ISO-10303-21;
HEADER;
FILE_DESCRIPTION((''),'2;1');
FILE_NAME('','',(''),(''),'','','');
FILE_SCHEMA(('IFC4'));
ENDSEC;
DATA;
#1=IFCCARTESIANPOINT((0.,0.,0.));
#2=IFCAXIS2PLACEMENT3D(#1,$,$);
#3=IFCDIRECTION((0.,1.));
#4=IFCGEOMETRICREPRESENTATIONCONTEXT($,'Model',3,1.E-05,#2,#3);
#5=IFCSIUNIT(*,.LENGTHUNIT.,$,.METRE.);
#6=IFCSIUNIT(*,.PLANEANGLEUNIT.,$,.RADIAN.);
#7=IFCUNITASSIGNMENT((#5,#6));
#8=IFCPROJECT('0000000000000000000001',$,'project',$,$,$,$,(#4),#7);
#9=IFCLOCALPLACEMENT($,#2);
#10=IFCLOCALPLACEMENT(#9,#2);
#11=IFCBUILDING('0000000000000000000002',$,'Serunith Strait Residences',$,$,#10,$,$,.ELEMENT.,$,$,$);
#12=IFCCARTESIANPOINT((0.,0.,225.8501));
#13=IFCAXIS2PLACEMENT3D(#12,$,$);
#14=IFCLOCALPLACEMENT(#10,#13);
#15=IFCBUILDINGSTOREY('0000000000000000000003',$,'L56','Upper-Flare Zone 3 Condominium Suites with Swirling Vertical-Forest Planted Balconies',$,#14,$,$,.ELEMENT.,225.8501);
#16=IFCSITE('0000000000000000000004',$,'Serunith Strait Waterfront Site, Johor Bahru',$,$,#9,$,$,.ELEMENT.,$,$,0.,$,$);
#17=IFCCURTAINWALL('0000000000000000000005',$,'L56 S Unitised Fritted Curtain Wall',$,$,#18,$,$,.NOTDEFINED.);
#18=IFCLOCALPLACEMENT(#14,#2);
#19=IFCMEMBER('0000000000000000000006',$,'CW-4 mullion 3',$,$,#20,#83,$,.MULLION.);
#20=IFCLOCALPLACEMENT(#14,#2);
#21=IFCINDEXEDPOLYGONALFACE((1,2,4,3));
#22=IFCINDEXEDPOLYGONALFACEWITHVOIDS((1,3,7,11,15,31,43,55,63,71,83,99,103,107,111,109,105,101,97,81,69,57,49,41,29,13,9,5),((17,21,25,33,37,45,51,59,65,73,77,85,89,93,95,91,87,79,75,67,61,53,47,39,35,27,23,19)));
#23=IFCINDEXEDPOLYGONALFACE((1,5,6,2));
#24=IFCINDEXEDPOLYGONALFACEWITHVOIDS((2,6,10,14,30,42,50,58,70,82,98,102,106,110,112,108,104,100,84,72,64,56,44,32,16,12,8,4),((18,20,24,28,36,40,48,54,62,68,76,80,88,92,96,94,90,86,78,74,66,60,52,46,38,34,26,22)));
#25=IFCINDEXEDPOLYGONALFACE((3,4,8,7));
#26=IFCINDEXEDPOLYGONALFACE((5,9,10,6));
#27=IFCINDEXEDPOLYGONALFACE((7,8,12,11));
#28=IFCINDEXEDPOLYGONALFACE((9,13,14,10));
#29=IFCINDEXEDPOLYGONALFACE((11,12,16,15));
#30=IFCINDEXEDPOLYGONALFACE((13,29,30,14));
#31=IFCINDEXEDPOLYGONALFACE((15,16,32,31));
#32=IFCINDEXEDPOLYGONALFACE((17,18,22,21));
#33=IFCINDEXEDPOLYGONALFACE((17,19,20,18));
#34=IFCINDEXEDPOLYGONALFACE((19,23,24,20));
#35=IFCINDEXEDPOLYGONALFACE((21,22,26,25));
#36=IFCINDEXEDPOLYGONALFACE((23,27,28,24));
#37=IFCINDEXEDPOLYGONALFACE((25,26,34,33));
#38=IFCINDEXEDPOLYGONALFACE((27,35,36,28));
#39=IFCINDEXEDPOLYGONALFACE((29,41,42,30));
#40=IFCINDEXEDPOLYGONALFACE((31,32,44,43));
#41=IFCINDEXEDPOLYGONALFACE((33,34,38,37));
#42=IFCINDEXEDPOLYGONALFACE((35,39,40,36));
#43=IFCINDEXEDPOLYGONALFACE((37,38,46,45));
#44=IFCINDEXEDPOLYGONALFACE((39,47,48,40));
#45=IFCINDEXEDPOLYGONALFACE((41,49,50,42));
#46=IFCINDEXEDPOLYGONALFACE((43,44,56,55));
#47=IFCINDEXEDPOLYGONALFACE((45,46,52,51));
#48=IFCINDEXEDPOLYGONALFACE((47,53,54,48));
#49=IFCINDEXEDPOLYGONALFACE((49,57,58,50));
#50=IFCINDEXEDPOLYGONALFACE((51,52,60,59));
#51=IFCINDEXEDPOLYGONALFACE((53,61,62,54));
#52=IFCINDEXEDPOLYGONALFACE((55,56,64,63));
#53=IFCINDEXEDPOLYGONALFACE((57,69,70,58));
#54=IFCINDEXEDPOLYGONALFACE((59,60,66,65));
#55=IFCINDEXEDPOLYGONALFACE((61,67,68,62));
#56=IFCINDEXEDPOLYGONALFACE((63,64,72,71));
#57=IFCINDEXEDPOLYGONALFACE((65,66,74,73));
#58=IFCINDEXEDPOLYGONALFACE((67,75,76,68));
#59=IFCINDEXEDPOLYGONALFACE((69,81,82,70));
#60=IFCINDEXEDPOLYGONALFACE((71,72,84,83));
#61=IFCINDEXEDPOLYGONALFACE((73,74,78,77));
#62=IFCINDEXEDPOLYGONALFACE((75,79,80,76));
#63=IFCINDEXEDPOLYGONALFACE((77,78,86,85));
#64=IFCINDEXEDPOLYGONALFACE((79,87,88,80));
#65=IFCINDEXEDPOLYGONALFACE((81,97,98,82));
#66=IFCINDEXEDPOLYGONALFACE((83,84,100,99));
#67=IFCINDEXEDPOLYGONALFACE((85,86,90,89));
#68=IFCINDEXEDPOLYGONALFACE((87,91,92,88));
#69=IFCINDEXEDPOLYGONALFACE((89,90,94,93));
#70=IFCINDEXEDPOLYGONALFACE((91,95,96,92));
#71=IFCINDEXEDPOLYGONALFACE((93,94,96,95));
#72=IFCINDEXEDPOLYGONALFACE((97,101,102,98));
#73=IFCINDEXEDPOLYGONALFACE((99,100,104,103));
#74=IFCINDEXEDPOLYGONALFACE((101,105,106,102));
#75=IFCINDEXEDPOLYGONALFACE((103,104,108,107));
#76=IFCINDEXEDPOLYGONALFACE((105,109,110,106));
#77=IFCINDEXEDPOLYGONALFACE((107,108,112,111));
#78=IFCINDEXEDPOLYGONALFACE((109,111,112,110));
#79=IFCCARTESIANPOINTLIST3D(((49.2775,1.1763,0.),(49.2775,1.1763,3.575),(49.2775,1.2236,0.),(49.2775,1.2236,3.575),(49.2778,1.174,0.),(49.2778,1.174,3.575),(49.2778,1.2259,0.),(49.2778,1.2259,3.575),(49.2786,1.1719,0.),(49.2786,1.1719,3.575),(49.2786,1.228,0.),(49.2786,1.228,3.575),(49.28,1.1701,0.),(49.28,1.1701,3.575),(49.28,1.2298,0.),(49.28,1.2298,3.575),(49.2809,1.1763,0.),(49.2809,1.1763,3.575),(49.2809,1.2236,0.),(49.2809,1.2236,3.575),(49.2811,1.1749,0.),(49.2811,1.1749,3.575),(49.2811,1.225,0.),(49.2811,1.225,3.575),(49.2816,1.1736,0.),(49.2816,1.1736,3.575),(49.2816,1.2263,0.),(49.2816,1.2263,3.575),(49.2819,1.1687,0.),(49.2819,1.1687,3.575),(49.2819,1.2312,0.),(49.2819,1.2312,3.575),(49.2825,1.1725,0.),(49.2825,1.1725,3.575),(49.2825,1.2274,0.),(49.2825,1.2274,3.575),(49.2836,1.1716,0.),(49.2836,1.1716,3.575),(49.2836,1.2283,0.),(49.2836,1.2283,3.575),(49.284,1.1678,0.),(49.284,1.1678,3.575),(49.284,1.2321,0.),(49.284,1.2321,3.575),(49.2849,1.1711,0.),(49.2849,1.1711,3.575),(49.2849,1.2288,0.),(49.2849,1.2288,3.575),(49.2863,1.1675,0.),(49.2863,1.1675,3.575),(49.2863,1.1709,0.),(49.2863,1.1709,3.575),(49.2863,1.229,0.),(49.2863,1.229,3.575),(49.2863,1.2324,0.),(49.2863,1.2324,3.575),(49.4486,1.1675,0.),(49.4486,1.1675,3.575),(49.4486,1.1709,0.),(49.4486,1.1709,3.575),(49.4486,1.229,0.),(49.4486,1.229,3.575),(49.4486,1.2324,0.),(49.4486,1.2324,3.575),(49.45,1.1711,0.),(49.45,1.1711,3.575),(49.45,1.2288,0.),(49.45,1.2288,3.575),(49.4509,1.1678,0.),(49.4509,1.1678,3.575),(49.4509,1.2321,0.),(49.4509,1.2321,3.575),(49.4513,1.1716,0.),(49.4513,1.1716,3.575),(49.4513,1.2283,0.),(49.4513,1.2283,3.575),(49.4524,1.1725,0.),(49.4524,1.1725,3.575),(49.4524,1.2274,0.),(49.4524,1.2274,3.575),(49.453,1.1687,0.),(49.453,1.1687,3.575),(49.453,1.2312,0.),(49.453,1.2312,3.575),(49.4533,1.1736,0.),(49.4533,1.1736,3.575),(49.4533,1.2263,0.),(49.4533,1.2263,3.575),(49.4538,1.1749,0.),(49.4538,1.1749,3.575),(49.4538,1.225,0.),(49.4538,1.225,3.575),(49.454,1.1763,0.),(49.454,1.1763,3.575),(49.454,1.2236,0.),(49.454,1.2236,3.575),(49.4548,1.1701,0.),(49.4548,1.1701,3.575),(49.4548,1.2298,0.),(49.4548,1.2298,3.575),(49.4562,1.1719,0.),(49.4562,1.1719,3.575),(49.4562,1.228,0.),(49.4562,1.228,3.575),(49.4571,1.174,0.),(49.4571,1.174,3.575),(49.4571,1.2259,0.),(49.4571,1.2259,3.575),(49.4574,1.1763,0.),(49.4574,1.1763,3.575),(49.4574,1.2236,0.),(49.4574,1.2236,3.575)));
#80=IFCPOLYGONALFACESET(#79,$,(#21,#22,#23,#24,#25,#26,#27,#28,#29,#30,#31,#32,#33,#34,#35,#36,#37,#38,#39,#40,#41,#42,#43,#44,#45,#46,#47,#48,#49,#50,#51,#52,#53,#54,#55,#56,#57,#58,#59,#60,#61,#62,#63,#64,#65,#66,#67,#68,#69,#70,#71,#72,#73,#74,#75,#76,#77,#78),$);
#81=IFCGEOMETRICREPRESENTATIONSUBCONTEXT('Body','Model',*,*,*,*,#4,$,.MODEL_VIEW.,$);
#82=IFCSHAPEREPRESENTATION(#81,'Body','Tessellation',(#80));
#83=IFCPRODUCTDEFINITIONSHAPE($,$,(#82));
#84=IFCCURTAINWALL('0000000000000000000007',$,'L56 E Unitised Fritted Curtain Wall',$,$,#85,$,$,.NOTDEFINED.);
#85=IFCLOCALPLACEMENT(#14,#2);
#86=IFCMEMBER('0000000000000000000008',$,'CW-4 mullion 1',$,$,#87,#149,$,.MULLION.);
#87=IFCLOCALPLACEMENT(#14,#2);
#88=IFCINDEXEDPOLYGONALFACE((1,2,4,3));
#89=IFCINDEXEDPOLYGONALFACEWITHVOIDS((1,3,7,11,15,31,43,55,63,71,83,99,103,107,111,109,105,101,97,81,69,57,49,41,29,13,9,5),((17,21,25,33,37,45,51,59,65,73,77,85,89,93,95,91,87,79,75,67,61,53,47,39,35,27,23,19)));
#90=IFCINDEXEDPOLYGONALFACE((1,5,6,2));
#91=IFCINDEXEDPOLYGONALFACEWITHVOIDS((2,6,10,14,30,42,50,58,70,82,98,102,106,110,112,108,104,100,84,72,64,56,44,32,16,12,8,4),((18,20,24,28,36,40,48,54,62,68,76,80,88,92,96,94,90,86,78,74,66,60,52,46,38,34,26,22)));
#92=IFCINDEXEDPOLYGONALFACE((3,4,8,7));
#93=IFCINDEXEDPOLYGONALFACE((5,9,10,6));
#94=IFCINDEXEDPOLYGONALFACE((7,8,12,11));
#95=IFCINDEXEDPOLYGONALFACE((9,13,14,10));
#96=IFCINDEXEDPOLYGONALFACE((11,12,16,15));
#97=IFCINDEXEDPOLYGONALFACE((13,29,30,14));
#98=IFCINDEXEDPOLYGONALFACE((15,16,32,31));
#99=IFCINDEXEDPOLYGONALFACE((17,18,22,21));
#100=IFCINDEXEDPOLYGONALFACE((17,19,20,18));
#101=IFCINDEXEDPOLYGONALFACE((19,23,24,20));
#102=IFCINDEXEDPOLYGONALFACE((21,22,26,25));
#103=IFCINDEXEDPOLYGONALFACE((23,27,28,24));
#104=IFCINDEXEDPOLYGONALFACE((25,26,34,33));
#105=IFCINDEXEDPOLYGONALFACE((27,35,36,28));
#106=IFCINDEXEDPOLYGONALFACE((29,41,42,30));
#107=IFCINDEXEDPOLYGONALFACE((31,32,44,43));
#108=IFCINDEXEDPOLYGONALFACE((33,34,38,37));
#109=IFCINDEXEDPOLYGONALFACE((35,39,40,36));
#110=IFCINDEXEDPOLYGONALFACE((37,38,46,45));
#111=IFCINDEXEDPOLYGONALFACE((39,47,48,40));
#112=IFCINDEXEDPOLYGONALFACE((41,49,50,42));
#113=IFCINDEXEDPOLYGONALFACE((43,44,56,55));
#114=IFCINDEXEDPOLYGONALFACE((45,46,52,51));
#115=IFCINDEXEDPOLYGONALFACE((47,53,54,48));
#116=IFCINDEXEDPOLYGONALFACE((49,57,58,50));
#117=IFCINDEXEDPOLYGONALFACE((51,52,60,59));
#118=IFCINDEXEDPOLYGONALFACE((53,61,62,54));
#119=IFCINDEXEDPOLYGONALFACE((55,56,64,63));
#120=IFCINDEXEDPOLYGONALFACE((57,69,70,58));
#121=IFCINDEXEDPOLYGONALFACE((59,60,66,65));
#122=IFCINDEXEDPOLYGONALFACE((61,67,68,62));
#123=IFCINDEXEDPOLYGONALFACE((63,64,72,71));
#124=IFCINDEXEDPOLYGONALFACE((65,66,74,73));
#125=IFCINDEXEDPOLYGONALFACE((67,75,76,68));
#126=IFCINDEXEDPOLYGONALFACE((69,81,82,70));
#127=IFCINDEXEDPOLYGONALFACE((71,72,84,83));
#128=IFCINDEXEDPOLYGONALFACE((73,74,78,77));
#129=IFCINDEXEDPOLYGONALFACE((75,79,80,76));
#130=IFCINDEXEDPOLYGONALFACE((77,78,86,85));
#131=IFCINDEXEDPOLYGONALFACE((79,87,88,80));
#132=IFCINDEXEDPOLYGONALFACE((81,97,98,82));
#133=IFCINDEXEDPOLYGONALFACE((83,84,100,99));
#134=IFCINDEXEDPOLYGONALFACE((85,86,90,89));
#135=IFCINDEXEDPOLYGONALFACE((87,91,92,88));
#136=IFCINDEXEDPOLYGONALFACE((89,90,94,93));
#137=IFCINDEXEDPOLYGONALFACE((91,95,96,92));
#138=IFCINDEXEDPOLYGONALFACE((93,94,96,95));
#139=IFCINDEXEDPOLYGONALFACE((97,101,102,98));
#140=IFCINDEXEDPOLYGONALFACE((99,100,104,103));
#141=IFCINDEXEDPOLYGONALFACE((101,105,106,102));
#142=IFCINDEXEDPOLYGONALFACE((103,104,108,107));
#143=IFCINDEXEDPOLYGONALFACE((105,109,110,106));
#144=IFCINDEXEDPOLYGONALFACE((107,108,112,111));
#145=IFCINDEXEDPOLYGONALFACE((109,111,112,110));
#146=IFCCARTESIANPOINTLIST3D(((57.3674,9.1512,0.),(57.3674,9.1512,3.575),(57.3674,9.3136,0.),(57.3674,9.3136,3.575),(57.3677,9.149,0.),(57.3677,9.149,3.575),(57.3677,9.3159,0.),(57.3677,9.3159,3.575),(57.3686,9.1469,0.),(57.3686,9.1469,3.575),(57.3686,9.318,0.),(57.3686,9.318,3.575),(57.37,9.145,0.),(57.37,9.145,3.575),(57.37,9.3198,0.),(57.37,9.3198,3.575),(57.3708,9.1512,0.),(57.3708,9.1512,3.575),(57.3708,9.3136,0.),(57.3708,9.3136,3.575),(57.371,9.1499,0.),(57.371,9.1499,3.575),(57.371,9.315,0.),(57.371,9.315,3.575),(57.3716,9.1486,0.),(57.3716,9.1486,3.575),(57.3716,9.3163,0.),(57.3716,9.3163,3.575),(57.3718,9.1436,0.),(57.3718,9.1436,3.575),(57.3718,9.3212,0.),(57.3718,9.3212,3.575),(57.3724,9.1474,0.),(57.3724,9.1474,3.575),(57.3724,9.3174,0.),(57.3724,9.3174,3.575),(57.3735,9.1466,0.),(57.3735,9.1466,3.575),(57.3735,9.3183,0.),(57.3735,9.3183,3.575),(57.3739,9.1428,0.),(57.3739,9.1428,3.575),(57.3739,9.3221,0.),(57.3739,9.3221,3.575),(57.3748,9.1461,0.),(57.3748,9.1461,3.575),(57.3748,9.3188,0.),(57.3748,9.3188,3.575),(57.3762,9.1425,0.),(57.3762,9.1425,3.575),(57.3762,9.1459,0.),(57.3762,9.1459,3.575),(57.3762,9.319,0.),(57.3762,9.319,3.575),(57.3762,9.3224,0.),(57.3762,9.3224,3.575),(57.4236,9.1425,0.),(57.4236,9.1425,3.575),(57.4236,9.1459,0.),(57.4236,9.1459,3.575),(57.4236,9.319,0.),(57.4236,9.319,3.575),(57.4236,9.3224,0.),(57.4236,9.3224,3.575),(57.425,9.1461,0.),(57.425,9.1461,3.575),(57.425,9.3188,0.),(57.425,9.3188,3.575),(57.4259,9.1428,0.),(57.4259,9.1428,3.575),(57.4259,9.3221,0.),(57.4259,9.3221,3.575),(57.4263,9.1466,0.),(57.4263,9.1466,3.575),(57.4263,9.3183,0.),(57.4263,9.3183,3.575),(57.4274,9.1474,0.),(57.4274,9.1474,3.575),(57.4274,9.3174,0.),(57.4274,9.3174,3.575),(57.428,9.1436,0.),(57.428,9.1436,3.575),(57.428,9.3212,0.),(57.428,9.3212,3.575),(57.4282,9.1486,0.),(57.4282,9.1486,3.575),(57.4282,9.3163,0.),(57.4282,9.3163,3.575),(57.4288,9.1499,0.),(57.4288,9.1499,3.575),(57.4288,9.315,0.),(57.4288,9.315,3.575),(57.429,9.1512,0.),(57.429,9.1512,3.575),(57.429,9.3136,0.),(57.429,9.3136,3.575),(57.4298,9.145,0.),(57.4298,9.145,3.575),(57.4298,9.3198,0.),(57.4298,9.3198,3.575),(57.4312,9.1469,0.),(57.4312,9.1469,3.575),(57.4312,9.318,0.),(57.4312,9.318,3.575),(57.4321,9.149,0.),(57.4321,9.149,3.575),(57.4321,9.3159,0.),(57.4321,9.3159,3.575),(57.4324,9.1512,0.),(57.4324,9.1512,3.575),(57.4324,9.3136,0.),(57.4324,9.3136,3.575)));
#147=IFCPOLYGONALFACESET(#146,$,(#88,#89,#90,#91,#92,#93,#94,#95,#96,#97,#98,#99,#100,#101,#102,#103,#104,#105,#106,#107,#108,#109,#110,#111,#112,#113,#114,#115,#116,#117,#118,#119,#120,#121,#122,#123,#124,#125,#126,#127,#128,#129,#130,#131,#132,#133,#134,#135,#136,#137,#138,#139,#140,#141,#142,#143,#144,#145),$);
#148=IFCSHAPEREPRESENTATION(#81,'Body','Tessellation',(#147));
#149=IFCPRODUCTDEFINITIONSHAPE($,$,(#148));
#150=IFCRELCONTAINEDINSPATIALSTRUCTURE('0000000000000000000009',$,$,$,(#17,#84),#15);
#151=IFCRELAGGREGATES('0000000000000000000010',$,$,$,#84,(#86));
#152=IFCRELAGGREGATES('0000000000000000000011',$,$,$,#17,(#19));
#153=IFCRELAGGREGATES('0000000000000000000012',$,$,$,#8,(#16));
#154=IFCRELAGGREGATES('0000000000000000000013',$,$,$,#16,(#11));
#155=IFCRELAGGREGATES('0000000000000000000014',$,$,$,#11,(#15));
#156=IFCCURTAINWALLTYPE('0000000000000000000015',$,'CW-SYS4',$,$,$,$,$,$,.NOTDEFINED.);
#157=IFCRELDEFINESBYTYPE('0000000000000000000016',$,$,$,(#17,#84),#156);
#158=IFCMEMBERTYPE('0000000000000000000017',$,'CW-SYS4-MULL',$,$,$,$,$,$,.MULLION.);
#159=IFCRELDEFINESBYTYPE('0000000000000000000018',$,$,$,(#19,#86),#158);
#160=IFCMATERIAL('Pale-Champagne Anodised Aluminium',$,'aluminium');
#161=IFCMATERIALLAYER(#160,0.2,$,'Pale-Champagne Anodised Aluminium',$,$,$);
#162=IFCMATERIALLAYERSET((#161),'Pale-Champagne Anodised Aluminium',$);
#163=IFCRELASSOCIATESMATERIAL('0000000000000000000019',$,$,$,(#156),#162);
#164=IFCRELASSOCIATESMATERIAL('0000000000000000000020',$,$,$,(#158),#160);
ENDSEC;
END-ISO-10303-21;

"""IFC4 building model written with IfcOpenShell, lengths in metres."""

from ifc_helpers import new_model, si_unit, direction, frame, origin, origin_2d, place, context, subcontext, project, spatial, hollow_rectangle, extrude, source, transform, mapped, material, layer, layer_set, material_profile, profile_set, type_object, element, aggregate, save


model = new_model("IFC4")

# Units and contexts
model_context = context("Model", 3, precision=1e-05, world=origin(), true_north=direction((0.0, 1.0)))
body_context = subcontext(model_context, "Body", "Model", "MODEL_VIEW")
ifc_project = project(units=[si_unit("LENGTHUNIT", "METRE"), si_unit("PLANEANGLEUNIT", "RADIAN")], contexts=[model_context])

# Site, building, storey
site_placement = place(None, origin())
site = spatial("IfcSite", under=ifc_project, at=site_placement, Name="Serunith Strait Waterfront Site, Johor Bahru", CompositionType="ELEMENT", RefElevation=0.0)
building_placement = place(site_placement, origin())
building = spatial("IfcBuilding", under=site, at=building_placement, Name="Serunith Strait Residences", CompositionType="ELEMENT")
storey_placement = place(building_placement, frame((0.0, 0.0, 225.8501)))
storey = spatial("IfcBuildingStorey", under=building, at=storey_placement, Name="L56", Description="Upper-Flare Zone 3 Condominium Suites with Swirling Vertical-Forest Planted Balconies", CompositionType="ELEMENT", Elevation=225.8501)

# Curtain wall, member
ifc_material_1 = material(Name="Pale-Champagne Anodised Aluminium", Category="aluminium")
ifc_layer_1 = layer(ifc_material_1, 0.2, Name="Pale-Champagne Anodised Aluminium")
ifc_layer_set_1 = layer_set([ifc_layer_1], Name="Pale-Champagne Anodised Aluminium")
curtain_wall_type = type_object("IfcCurtainWallType", Name="CW-SYS4", PredefinedType="NOTDEFINED", material=ifc_layer_set_1)
curtain_wall_1_placement = place(storey_placement, origin())
curtain_wall_1 = element("IfcCurtainWall", 1, at=curtain_wall_1_placement, inside=storey, type_object=curtain_wall_type, Name="L56 S Unitised Fritted Curtain Wall", PredefinedType="NOTDEFINED")
ifc_material_profile_1 = material_profile(ifc_material_1, hollow_rectangle(XDim=0.0649, YDim=0.1799, WallThickness=0.0034, InnerFilletRadius=0.0054, OuterFilletRadius=0.0088, at=origin_2d()), Name="ALU 180x65x3.5")
ifc_profile_set_1 = profile_set([ifc_material_profile_1], Name="Pale-Champagne Anodised Aluminium")
member_type_1 = type_object("IfcMemberType", Name="CW-SYS4-MULL", PredefinedType="MULLION", material=ifc_profile_set_1)
shared_shape_1 = source(origin(), body_context, "Body", "SweptSolid", [
    extrude(hollow_rectangle(XDim=0.0649, YDim=0.1799, WallThickness=0.0034, InnerFilletRadius=0.0054, OuterFilletRadius=0.0088, at=origin_2d()), origin(), (0.0, 0.0, 1.0), 3.575),
])
member_1_placement = place(storey_placement, frame((49.3674, 1.2, 0.0), z_axis=(0.0, 0.0, 1.0), x_axis=(0.0, 1.0, 0.0)))
member_1 = element("IfcMember", 2, at=member_1_placement, type_object=member_type_1, Name="CW-4 mullion 3", PredefinedType="MULLION", context=body_context, shape_type="MappedRepresentation", body=[
    mapped(shared_shape_1, transform((0.0, 0.0, 0.0), scale=1.0)),
])

# Curtain wall, member
curtain_wall_2_placement = place(storey_placement, origin())
curtain_wall_2 = element("IfcCurtainWall", 3, at=curtain_wall_2_placement, inside=storey, type_object=curtain_wall_type, Name="L56 E Unitised Fritted Curtain Wall", PredefinedType="NOTDEFINED")
member_2_placement = place(storey_placement, frame((57.3999, 9.2324, 0.0), z_axis=(0.0, 0.0, 1.0), x_axis=(-1.0, 0.0, 0.0)))
member_2 = element("IfcMember", 4, at=member_2_placement, type_object=member_type_1, Name="CW-4 mullion 1", PredefinedType="MULLION", context=body_context, shape_type="MappedRepresentation", body=[
    mapped(shared_shape_1, transform((0.0, 0.0, 0.0), scale=1.0)),
])
aggregate(curtain_wall_2, [member_2])

aggregate(curtain_wall_1, [member_1])

save(model, "model.ifc")
